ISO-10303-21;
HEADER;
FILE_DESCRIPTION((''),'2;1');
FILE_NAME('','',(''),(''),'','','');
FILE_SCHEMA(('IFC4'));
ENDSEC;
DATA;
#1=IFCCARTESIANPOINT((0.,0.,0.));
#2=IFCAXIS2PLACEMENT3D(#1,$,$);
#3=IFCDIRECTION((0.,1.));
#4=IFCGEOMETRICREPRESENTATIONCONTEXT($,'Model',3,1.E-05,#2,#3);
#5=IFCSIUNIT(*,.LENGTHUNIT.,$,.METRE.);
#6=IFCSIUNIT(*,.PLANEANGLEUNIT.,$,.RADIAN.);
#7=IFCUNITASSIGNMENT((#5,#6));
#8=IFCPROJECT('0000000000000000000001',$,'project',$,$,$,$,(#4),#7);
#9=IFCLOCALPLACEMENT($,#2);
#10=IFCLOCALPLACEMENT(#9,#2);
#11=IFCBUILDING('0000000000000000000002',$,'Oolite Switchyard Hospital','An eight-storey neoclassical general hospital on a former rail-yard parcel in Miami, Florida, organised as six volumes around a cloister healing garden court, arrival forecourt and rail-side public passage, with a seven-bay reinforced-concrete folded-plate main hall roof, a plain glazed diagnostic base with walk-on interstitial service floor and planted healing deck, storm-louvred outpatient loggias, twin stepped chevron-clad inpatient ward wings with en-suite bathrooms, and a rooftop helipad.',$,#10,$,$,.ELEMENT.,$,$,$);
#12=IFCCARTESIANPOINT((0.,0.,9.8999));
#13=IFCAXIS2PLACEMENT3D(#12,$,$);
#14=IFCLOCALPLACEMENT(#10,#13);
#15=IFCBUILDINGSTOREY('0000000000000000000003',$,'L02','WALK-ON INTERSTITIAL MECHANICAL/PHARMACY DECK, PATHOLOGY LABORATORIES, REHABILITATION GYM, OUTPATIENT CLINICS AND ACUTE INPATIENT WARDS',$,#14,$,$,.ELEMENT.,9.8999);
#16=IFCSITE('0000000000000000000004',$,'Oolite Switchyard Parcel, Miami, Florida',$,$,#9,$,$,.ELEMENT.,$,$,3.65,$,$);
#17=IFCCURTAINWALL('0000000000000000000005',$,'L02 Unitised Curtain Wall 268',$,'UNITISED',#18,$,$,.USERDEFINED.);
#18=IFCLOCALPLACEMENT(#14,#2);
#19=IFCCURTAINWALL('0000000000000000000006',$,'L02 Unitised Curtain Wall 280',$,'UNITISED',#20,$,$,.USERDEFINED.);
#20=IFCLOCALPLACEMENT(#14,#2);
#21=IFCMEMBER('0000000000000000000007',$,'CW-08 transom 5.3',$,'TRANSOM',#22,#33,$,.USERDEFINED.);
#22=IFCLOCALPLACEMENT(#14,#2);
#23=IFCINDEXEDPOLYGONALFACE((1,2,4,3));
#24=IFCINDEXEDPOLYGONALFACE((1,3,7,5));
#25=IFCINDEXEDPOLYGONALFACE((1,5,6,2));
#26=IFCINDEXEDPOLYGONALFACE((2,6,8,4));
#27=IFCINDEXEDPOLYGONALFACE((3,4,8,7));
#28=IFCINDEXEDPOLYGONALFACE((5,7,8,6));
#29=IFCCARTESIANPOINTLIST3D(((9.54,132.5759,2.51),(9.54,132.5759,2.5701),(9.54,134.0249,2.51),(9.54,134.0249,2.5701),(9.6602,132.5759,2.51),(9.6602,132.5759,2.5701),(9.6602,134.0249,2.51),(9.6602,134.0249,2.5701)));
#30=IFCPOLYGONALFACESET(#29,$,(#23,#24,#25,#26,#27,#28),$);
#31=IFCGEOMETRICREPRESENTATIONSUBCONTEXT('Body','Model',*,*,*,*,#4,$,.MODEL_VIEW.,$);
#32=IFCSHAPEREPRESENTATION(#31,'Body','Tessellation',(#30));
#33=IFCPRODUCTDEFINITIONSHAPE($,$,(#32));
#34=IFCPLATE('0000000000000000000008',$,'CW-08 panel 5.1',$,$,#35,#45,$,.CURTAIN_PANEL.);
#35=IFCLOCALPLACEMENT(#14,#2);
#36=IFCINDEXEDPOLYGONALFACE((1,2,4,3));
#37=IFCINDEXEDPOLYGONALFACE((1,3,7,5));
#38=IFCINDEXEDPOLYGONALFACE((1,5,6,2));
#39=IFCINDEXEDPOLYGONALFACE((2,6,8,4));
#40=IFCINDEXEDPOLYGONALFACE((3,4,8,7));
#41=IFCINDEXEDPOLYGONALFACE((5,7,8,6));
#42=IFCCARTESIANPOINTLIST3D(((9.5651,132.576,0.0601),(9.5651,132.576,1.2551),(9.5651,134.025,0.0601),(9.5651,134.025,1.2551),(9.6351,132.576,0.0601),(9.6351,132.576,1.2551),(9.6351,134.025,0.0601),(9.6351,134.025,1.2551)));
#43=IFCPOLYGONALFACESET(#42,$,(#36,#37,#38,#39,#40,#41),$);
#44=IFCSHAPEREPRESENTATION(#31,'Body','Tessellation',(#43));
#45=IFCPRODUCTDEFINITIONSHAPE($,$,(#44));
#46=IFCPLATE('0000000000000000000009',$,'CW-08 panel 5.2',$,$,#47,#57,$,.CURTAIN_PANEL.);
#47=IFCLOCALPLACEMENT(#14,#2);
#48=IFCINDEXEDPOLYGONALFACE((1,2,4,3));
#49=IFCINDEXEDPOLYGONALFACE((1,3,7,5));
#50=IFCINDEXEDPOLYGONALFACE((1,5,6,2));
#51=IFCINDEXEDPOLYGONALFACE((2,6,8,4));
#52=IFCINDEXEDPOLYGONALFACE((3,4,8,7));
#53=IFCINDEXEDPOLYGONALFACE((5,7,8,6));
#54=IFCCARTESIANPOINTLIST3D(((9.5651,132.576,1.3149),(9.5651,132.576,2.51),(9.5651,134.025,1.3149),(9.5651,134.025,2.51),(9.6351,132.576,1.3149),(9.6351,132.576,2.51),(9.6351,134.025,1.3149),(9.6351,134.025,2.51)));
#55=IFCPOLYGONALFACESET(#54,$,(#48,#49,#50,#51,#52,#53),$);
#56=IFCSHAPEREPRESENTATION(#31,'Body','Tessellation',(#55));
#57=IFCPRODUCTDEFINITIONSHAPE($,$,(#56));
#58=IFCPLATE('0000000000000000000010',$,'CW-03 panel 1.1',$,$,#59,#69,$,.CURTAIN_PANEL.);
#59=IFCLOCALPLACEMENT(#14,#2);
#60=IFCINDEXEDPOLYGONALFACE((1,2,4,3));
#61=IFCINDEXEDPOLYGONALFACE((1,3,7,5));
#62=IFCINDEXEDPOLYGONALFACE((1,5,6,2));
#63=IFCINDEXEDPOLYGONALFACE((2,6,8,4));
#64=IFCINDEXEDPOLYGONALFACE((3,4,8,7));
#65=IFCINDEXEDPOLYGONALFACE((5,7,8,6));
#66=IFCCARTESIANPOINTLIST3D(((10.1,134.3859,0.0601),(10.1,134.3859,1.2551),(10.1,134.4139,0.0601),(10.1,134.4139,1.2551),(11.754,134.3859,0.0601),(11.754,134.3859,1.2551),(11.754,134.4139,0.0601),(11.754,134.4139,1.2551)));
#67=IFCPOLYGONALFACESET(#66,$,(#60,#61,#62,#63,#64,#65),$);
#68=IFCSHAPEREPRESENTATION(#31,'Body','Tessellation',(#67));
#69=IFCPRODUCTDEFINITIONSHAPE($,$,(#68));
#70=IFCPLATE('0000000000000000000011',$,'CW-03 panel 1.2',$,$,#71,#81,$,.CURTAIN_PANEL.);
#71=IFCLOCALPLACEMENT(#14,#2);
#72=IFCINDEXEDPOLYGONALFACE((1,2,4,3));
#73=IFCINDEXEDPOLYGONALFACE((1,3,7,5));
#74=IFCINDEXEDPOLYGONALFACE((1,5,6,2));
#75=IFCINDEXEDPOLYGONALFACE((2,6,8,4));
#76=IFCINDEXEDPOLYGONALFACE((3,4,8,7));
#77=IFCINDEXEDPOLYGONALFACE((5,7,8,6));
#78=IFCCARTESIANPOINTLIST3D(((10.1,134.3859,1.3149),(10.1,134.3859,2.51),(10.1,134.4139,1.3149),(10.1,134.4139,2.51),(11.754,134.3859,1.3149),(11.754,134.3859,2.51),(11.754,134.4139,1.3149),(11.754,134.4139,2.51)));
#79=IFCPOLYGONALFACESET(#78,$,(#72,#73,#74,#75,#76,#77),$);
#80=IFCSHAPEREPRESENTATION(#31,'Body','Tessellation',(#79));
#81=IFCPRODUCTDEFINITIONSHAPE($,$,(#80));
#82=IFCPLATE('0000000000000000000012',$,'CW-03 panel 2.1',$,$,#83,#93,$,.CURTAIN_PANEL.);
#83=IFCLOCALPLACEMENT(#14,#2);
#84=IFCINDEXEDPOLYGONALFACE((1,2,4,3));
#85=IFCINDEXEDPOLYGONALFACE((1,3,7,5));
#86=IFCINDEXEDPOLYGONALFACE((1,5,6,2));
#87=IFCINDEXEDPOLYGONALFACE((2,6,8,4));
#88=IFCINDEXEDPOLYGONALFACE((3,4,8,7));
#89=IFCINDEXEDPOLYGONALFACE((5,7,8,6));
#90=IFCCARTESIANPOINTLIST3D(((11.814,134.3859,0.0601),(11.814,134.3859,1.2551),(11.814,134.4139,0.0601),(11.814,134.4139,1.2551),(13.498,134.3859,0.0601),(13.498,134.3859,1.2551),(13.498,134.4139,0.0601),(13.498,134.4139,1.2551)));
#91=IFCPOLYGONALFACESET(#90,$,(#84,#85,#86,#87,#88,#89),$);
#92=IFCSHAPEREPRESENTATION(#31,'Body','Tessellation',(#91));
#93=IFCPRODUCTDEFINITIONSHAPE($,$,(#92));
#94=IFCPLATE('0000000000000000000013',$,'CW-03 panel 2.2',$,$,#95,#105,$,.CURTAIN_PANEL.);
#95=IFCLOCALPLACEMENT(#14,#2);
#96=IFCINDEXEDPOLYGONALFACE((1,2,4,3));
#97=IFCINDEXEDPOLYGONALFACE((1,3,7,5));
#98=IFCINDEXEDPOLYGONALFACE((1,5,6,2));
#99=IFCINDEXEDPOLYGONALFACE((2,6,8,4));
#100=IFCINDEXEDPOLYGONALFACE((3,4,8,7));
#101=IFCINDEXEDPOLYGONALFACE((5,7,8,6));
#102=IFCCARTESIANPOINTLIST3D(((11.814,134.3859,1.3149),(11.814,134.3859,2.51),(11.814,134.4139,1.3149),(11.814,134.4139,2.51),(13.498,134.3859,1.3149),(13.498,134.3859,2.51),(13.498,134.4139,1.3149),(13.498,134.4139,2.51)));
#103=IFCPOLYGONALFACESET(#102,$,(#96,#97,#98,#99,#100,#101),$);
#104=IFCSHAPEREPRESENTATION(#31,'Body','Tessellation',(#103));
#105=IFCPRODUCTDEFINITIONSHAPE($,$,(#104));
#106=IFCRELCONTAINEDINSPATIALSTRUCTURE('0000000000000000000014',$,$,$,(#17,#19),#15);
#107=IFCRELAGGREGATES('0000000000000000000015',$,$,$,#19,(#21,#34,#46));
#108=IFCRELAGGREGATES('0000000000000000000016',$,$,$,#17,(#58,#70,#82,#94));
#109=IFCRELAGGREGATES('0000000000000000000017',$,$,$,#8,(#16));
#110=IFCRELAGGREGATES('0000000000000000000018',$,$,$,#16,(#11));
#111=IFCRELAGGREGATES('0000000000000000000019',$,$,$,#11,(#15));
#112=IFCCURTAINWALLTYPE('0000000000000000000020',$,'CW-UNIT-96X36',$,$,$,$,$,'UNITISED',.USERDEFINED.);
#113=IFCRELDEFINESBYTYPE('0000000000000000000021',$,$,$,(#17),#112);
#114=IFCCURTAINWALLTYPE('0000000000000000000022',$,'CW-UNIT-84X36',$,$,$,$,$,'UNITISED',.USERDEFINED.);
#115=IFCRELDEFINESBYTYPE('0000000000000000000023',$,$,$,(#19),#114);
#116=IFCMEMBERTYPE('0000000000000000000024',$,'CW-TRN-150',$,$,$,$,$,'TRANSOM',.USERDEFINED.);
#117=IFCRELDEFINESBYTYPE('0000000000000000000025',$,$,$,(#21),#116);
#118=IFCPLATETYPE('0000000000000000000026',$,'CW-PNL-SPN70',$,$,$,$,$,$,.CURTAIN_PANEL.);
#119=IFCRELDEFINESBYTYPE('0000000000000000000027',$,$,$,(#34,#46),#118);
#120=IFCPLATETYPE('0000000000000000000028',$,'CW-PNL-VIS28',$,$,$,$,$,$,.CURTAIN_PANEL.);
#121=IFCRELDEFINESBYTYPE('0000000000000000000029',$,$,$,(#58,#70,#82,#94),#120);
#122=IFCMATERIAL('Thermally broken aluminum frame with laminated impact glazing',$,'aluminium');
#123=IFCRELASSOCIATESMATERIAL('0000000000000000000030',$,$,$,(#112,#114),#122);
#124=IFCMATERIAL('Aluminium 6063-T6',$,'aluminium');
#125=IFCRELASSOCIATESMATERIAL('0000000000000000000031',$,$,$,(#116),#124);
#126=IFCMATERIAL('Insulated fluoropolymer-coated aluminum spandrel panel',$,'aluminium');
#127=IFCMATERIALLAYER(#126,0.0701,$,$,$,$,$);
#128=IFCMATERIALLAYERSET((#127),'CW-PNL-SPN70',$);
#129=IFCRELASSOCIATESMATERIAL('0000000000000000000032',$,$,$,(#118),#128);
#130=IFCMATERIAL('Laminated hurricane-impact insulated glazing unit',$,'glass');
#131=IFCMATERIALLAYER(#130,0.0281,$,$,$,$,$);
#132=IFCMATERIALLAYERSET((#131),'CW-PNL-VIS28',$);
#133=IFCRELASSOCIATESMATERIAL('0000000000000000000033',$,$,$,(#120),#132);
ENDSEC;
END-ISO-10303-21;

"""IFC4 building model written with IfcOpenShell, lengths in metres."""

from ifc_helpers import new_model, si_unit, direction, frame, origin, origin_2d, place, context, subcontext, project, spatial, rectangle, extrude, material, layer, layer_set, material_profile, profile_set, type_object, element, aggregate, save


model = new_model("IFC4")

# Units and contexts
model_context = context("Model", 3, precision=1e-05, world=origin(), true_north=direction((0.0, 1.0)))
body_context = subcontext(model_context, "Body", "Model", "MODEL_VIEW")
ifc_project = project(units=[si_unit("LENGTHUNIT", "METRE"), si_unit("PLANEANGLEUNIT", "RADIAN")], contexts=[model_context])

# Site, building, storey
site_placement = place(None, origin())
site = spatial("IfcSite", under=ifc_project, at=site_placement, Name="Oolite Switchyard Parcel, Miami, Florida", CompositionType="ELEMENT", RefElevation=3.65)
building_placement = place(site_placement, origin())
building = spatial("IfcBuilding", under=site, at=building_placement, Name="Oolite Switchyard Hospital", Description="An eight-storey neoclassical general hospital on a former rail-yard parcel in Miami, Florida, organised as six volumes around a cloister healing garden court, arrival forecourt and rail-side public passage, with a seven-bay reinforced-concrete folded-plate main hall roof, a plain glazed diagnostic base with walk-on interstitial service floor and planted healing deck, storm-louvred outpatient loggias, twin stepped chevron-clad inpatient ward wings with en-suite bathrooms, and a rooftop helipad.", CompositionType="ELEMENT")
storey_placement = place(building_placement, frame((0.0, 0.0, 9.8999)))
storey = spatial("IfcBuildingStorey", under=building, at=storey_placement, Name="L02", Description="WALK-ON INTERSTITIAL MECHANICAL/PHARMACY DECK, PATHOLOGY LABORATORIES, REHABILITATION GYM, OUTPATIENT CLINICS AND ACUTE INPATIENT WARDS", CompositionType="ELEMENT", Elevation=9.8999)

# Curtain wall
ifc_material_1 = material(Name="Thermally broken aluminum frame with laminated impact glazing", Category="aluminium")
curtain_wall_type_1 = type_object("IfcCurtainWallType", Name="CW-UNIT-96X36", ElementType="UNITISED", PredefinedType="USERDEFINED", material=ifc_material_1)
curtain_wall_1_placement = place(storey_placement, origin())
curtain_wall_1 = element("IfcCurtainWall", 1, at=curtain_wall_1_placement, inside=storey, type_object=curtain_wall_type_1, Name="L02 Unitised Curtain Wall 268", ObjectType="UNITISED", PredefinedType="USERDEFINED")
ifc_material_2 = material(Name="Aluminium 6063-T6", Category="aluminium")

# Curtain wall
curtain_wall_type_2 = type_object("IfcCurtainWallType", Name="CW-UNIT-84X36", ElementType="UNITISED", PredefinedType="USERDEFINED", material=ifc_material_1)
curtain_wall_2_placement = place(storey_placement, origin())
curtain_wall_2 = element("IfcCurtainWall", 2, at=curtain_wall_2_placement, inside=storey, type_object=curtain_wall_type_2, Name="L02 Unitised Curtain Wall 280", ObjectType="UNITISED", PredefinedType="USERDEFINED")

# Member
ifc_material_profile_1 = material_profile(ifc_material_2, rectangle(XDim=0.1201, YDim=0.0601, at=origin_2d()), Name="CWT60X120")
ifc_profile_set_1 = profile_set([ifc_material_profile_1], Name="Aluminium 6063-T6")
member_type_1 = type_object("IfcMemberType", Name="CW-TRN-150", ElementType="TRANSOM", PredefinedType="USERDEFINED", material=ifc_profile_set_1)
member_1_placement = place(storey_placement, frame((9.6001, 132.5759, 2.54), z_axis=(0.0, 1.0, 0.0), x_axis=(-1.0, 0.0, 0.0)))
member_1 = element("IfcMember", 3, at=member_1_placement, type_object=member_type_1, Name="CW-08 transom 5.3", ObjectType="TRANSOM", PredefinedType="USERDEFINED", context=body_context, shape_type="SweptSolid", body=[
    extrude(rectangle(XDim=0.1201, YDim=0.0601, at=origin_2d()), origin(), (0.0, 0.0, 1.0), 1.449),
])

# Plates
ifc_material_3 = material(Name="Insulated fluoropolymer-coated aluminum spandrel panel", Category="aluminium")
ifc_layer_1 = layer(ifc_material_3, 0.0701)
ifc_layer_set_1 = layer_set([ifc_layer_1], Name="CW-PNL-SPN70")
plate_type_1 = type_object("IfcPlateType", Name="CW-PNL-SPN70", PredefinedType="CURTAIN_PANEL", material=ifc_layer_set_1)
plate_1_placement = place(storey_placement, frame((9.6001, 133.3005, 0.0601), z_axis=(0.0, 0.0, 1.0), x_axis=(0.0, 1.0, 0.0)))
plate_1 = element("IfcPlate", 4, at=plate_1_placement, type_object=plate_type_1, Name="CW-08 panel 5.1", PredefinedType="CURTAIN_PANEL", context=body_context, shape_type="SweptSolid", body=[
    extrude(rectangle(XDim=1.449, YDim=0.0701, at=origin_2d()), origin(), (0.0, 0.0, 1.0), 1.1951),
])
plate_2_placement = place(storey_placement, frame((9.6001, 133.3005, 1.3149), z_axis=(0.0, 0.0, 1.0), x_axis=(0.0, 1.0, 0.0)))
plate_2 = element("IfcPlate", 5, at=plate_2_placement, type_object=plate_type_1, Name="CW-08 panel 5.2", PredefinedType="CURTAIN_PANEL", context=body_context, shape_type="SweptSolid", body=[
    extrude(rectangle(XDim=1.449, YDim=0.0701, at=origin_2d()), origin(), (0.0, 0.0, 1.0), 1.1951),
])
aggregate(curtain_wall_2, [member_1, plate_1, plate_2])
ifc_material_4 = material(Name="Laminated hurricane-impact insulated glazing unit", Category="glass")
ifc_layer_2 = layer(ifc_material_4, 0.0281)
ifc_layer_set_2 = layer_set([ifc_layer_2], Name="CW-PNL-VIS28")
plate_type_2 = type_object("IfcPlateType", Name="CW-PNL-VIS28", PredefinedType="CURTAIN_PANEL", material=ifc_layer_set_2)
plate_3_placement = place(storey_placement, frame((10.927, 134.3999, 0.0601), z_axis=(0.0, 0.0, 1.0), x_axis=(1.0, 0.0, 0.0)))
plate_3 = element("IfcPlate", 6, at=plate_3_placement, type_object=plate_type_2, Name="CW-03 panel 1.1", PredefinedType="CURTAIN_PANEL", context=body_context, shape_type="SweptSolid", body=[
    extrude(rectangle(XDim=1.6541, YDim=0.0281, at=origin_2d()), origin(), (0.0, 0.0, 1.0), 1.1951),
])
plate_4_placement = place(storey_placement, frame((10.927, 134.3999, 1.3149), z_axis=(0.0, 0.0, 1.0), x_axis=(1.0, 0.0, 0.0)))
plate_4 = element("IfcPlate", 7, at=plate_4_placement, type_object=plate_type_2, Name="CW-03 panel 1.2", PredefinedType="CURTAIN_PANEL", context=body_context, shape_type="SweptSolid", body=[
    extrude(rectangle(XDim=1.6541, YDim=0.0281, at=origin_2d()), origin(), (0.0, 0.0, 1.0), 1.1951),
])
plate_5_placement = place(storey_placement, frame((12.656, 134.3999, 0.0601), z_axis=(0.0, 0.0, 1.0), x_axis=(1.0, 0.0, 0.0)))
plate_5 = element("IfcPlate", 8, at=plate_5_placement, type_object=plate_type_2, Name="CW-03 panel 2.1", PredefinedType="CURTAIN_PANEL", context=body_context, shape_type="SweptSolid", body=[
    extrude(rectangle(XDim=1.6841, YDim=0.0281, at=origin_2d()), origin(), (0.0, 0.0, 1.0), 1.1951),
])
plate_6_placement = place(storey_placement, frame((12.656, 134.3999, 1.3149), z_axis=(0.0, 0.0, 1.0), x_axis=(1.0, 0.0, 0.0)))
plate_6 = element("IfcPlate", 9, at=plate_6_placement, type_object=plate_type_2, Name="CW-03 panel 2.2", PredefinedType="CURTAIN_PANEL", context=body_context, shape_type="SweptSolid", body=[
    extrude(rectangle(XDim=1.6841, YDim=0.0281, at=origin_2d()), origin(), (0.0, 0.0, 1.0), 1.1951),
])
aggregate(curtain_wall_1, [plate_3, plate_4, plate_5, plate_6])

save(model, "model.ifc")
